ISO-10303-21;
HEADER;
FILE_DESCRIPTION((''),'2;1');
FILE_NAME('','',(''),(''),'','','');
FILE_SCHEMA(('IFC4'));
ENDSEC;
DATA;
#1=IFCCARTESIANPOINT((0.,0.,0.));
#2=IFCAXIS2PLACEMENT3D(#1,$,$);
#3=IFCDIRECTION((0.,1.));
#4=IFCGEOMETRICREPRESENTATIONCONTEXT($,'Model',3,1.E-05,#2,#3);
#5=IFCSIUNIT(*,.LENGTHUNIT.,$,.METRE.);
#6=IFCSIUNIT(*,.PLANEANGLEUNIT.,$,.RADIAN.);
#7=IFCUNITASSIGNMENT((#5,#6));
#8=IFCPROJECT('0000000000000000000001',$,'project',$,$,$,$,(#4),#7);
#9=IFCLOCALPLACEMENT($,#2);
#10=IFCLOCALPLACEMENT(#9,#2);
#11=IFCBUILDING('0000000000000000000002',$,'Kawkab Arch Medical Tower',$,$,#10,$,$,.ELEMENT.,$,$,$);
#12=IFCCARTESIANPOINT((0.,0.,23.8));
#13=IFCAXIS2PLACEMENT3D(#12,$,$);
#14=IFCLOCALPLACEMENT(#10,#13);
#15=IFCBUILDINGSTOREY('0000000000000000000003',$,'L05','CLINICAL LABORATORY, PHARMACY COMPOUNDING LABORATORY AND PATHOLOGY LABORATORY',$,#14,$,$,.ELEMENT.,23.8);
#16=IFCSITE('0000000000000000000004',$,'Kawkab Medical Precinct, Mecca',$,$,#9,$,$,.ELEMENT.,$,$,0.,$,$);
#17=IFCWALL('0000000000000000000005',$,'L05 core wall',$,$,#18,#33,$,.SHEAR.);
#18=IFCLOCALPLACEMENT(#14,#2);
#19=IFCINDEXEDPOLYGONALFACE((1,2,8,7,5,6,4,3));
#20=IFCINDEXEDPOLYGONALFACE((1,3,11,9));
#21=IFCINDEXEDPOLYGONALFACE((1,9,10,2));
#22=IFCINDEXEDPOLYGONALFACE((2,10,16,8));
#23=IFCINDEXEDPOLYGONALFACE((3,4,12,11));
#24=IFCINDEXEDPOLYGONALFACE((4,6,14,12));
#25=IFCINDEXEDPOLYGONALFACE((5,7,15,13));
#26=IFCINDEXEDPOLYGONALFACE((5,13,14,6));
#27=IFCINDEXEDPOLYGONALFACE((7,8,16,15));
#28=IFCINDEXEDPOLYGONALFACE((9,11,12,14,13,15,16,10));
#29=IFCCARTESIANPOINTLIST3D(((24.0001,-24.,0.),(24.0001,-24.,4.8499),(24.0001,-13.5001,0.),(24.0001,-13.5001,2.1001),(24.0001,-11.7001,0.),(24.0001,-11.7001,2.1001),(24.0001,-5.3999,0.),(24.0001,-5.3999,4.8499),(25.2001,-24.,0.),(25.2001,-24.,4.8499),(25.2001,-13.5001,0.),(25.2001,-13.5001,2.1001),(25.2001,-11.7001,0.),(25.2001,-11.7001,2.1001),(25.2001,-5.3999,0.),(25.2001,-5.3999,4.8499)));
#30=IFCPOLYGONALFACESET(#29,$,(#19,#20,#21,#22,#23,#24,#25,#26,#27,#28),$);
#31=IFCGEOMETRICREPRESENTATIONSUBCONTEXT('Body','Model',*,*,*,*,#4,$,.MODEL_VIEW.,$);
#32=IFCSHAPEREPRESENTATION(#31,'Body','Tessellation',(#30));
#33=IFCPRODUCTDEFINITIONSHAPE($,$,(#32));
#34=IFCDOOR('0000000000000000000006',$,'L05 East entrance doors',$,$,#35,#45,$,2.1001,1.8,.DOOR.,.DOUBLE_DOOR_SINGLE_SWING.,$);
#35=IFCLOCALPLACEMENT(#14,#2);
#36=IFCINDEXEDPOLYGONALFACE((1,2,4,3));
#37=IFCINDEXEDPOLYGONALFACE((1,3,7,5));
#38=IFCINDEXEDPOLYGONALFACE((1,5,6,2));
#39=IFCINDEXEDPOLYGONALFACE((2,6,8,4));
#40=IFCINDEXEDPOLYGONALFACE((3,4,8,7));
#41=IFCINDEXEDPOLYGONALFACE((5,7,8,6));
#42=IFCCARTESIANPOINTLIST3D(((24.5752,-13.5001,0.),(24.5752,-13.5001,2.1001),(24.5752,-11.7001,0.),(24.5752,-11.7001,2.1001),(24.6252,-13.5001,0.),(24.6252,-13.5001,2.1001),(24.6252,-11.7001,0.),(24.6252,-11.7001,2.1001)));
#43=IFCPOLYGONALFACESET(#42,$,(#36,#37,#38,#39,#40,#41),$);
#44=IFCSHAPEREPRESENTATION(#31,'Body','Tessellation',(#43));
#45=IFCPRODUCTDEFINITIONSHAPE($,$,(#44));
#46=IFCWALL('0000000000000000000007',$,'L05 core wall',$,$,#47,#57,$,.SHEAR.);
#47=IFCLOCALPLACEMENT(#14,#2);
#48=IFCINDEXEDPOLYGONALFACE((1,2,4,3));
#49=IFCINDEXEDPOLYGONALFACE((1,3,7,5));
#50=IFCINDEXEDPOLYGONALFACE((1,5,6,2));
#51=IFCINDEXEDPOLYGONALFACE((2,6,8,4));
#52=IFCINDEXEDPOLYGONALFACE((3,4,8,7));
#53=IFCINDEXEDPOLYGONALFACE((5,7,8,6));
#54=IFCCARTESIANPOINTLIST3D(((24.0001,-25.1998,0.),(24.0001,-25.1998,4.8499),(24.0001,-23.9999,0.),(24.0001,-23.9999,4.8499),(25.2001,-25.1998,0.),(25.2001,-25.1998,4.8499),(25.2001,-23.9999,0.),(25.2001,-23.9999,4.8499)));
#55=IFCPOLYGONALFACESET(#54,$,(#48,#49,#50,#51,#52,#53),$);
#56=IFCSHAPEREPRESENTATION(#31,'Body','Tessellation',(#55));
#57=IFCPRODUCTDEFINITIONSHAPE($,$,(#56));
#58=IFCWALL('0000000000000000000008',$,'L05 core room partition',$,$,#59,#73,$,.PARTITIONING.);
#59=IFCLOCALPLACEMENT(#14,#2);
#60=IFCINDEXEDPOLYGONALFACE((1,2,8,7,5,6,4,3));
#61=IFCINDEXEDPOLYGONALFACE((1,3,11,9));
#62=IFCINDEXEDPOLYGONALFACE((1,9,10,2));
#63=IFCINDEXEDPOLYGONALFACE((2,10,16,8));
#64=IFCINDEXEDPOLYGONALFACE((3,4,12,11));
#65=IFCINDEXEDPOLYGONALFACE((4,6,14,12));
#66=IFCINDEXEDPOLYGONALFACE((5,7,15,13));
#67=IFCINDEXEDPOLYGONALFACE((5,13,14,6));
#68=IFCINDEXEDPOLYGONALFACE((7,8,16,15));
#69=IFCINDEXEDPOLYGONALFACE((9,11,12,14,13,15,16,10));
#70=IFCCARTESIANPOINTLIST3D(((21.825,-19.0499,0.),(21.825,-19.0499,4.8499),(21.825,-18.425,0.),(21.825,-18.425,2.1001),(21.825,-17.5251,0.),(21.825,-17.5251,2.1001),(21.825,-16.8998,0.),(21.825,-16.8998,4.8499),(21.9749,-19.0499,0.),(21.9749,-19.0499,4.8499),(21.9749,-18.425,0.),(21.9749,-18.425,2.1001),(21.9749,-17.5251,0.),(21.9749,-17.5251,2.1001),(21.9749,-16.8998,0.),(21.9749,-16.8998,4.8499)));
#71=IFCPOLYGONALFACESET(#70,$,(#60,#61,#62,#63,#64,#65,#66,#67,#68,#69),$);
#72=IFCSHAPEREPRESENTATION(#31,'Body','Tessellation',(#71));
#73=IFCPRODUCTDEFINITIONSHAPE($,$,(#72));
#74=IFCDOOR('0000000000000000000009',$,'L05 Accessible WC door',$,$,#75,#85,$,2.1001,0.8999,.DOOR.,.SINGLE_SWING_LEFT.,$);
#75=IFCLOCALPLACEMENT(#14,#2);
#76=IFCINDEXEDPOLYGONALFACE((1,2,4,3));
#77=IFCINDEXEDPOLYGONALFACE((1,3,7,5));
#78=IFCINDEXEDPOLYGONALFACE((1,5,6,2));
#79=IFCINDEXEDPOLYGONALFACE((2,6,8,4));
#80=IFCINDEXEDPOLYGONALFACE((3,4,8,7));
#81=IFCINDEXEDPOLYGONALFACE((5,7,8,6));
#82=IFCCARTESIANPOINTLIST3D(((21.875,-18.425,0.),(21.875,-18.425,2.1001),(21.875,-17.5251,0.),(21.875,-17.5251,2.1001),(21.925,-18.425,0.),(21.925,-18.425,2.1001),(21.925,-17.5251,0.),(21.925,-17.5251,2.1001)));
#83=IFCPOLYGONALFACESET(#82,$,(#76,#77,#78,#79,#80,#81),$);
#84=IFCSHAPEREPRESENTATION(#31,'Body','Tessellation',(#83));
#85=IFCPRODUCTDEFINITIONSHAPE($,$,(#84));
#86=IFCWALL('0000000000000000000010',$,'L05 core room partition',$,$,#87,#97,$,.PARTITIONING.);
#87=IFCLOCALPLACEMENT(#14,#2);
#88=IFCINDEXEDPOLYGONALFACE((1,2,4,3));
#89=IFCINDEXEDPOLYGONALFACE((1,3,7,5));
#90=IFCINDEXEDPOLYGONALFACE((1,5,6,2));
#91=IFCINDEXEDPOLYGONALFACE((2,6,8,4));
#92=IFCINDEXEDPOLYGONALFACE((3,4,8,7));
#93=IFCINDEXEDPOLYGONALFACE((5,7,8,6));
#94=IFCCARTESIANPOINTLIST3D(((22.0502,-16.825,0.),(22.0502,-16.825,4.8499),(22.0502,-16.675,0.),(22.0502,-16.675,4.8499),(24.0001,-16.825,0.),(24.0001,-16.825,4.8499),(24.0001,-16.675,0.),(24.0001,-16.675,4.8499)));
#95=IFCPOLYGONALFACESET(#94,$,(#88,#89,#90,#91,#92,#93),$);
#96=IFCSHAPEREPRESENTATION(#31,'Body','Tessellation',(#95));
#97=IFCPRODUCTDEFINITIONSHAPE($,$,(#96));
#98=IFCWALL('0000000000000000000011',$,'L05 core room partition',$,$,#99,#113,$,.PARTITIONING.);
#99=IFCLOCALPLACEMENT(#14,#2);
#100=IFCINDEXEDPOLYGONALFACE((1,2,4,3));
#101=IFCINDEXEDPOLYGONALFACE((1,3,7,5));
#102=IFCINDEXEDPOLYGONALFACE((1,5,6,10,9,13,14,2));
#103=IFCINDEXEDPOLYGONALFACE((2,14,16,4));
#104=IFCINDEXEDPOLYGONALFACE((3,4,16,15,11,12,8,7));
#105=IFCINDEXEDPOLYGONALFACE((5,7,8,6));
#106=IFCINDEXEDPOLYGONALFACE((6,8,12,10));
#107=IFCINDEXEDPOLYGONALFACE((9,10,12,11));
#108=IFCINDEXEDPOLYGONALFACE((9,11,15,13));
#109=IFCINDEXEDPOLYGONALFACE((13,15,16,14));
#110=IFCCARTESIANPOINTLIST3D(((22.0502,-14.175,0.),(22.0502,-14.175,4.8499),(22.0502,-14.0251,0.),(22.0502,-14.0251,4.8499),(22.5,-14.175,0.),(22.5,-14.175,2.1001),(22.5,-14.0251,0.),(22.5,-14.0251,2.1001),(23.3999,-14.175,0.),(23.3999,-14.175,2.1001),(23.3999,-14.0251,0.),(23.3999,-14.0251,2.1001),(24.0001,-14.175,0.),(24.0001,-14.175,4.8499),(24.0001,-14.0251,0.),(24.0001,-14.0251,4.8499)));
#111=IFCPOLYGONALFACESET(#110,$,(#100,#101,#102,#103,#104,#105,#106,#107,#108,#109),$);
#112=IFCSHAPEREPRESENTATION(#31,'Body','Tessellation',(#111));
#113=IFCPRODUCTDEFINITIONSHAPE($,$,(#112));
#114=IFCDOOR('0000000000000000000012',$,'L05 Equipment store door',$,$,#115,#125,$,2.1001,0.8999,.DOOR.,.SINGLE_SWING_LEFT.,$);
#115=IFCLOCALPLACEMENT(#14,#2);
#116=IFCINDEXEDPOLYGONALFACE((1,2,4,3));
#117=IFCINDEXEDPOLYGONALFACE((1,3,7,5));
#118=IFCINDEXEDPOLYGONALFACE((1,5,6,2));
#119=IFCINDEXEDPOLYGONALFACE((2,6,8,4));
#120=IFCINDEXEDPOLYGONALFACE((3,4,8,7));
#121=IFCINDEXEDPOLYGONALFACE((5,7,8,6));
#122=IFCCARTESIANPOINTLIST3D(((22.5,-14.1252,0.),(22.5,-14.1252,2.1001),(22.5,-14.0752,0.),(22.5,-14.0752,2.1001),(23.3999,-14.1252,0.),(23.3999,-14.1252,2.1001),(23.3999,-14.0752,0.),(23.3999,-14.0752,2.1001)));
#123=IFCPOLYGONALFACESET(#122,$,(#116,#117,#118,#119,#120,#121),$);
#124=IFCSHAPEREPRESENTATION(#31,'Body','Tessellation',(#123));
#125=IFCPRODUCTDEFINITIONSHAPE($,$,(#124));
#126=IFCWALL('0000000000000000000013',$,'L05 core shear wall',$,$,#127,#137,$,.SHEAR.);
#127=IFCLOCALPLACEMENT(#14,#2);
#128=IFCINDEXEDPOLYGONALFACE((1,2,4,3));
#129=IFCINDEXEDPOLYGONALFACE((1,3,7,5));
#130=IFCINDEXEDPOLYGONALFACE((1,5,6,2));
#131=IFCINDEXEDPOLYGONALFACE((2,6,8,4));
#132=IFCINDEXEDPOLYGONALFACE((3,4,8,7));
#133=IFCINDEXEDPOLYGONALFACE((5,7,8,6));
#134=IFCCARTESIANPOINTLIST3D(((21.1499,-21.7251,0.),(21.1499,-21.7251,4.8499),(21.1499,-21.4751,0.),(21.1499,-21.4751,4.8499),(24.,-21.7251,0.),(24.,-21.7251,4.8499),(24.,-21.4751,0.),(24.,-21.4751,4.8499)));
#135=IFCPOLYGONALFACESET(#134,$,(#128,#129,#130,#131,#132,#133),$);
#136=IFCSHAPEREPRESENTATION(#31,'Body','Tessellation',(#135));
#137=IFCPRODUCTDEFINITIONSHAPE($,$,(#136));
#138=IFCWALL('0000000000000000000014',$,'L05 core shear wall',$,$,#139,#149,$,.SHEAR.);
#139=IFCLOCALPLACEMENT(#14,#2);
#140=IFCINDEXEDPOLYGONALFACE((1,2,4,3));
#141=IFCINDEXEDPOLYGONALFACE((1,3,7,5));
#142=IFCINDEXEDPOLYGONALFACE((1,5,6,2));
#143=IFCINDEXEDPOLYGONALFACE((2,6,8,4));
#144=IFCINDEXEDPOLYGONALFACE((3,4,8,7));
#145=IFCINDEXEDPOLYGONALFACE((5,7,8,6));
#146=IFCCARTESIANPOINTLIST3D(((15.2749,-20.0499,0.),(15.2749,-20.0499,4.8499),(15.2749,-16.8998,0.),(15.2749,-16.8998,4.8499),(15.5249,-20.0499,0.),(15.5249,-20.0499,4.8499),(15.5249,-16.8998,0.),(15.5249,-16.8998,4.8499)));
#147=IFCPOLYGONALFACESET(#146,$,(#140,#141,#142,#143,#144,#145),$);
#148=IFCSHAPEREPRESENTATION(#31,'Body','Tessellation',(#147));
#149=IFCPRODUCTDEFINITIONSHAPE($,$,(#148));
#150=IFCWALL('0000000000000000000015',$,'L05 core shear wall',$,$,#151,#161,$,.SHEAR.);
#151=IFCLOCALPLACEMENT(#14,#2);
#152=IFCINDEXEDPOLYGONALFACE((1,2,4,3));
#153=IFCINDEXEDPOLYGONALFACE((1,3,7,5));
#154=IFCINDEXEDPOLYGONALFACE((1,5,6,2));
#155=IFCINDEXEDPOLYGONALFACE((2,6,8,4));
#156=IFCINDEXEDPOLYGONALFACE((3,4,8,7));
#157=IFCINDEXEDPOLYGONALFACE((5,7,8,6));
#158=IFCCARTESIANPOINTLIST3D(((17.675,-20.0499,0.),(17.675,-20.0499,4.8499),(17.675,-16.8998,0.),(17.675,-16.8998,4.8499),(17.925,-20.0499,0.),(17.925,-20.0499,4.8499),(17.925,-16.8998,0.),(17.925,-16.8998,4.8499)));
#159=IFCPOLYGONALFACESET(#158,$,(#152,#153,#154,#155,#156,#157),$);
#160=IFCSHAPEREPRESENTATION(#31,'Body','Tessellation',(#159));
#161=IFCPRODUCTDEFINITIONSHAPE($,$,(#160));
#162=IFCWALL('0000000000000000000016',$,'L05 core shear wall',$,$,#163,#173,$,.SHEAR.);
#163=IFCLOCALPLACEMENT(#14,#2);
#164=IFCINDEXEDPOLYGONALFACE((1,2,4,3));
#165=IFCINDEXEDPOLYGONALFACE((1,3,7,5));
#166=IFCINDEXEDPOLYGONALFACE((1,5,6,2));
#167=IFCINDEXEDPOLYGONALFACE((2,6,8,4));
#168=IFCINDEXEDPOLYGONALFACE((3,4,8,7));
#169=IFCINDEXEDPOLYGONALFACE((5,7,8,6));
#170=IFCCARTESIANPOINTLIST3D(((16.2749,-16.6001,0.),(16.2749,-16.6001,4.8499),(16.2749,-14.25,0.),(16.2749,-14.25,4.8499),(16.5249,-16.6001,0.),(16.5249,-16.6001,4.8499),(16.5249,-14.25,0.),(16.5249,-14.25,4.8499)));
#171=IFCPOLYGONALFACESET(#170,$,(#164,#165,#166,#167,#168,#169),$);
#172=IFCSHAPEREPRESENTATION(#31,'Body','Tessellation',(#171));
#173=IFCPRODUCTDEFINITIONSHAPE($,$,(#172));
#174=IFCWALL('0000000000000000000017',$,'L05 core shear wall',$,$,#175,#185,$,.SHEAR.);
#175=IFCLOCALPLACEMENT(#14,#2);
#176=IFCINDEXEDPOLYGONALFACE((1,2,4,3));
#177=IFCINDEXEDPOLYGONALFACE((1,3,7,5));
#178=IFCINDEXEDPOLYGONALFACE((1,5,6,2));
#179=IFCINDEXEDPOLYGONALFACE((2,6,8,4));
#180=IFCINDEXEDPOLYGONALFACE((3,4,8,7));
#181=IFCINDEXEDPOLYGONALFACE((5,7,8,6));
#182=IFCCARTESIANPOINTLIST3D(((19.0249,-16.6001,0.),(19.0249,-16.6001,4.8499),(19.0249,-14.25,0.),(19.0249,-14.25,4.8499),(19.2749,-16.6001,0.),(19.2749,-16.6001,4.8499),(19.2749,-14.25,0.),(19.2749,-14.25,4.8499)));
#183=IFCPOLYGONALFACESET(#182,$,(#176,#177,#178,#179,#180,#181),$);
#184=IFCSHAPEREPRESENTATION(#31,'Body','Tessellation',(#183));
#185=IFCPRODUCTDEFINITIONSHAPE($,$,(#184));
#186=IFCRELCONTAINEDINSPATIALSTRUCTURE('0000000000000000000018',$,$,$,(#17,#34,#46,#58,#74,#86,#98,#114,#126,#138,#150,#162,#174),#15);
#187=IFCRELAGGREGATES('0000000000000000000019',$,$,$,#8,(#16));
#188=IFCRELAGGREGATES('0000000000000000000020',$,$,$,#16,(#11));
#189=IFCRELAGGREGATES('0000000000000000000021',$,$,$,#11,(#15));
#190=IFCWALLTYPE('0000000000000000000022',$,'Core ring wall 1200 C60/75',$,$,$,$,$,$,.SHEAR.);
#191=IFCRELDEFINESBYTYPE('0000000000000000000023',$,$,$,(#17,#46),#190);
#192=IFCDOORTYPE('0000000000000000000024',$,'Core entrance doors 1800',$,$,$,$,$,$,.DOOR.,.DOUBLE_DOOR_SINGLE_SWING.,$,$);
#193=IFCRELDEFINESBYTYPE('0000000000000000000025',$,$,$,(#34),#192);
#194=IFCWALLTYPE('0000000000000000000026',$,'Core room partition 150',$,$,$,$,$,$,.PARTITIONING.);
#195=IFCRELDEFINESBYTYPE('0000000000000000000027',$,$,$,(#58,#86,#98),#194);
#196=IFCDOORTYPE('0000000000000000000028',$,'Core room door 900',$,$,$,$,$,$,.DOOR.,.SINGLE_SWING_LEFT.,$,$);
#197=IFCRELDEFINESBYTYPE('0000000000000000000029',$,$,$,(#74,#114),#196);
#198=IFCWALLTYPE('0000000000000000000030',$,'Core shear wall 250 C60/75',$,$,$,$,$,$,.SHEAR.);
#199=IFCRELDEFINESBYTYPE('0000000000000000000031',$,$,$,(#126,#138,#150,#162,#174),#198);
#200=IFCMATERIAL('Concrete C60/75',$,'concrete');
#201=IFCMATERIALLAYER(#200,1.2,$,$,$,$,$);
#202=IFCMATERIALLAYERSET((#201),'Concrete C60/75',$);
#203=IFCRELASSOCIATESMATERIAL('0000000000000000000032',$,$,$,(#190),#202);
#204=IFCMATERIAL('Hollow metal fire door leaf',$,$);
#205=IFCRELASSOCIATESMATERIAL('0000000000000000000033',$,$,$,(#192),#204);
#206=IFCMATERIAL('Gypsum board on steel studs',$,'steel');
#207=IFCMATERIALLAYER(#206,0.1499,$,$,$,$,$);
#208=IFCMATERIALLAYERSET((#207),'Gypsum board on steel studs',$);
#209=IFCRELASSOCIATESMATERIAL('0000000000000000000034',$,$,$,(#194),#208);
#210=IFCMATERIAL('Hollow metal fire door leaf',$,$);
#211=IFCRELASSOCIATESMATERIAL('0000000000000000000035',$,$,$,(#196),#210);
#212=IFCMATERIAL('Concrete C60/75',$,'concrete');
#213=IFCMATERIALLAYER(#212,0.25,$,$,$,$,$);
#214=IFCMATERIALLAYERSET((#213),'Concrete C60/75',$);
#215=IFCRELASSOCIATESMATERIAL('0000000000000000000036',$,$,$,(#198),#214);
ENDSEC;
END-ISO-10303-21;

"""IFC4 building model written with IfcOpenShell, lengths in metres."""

from ifc_helpers import new_model, si_unit, direction, frame, frame_2d, origin, place, context, subcontext, project, spatial, rectangle, extrude, material, layer, layer_set, type_object, element, fill, save


model = new_model("IFC4")

# Units and contexts
model_context = context("Model", 3, precision=1e-05, world=origin(), true_north=direction((0.0, 1.0)))
body_context = subcontext(model_context, "Body", "Model", "MODEL_VIEW")
ifc_project = project(units=[si_unit("LENGTHUNIT", "METRE"), si_unit("PLANEANGLEUNIT", "RADIAN")], contexts=[model_context])

# Site, building, storey
site_placement = place(None, origin())
site = spatial("IfcSite", under=ifc_project, at=site_placement, Name="Kawkab Medical Precinct, Mecca", CompositionType="ELEMENT", RefElevation=0.0)
building_placement = place(site_placement, origin())
building = spatial("IfcBuilding", under=site, at=building_placement, Name="Kawkab Arch Medical Tower", CompositionType="ELEMENT")
storey_placement = place(building_placement, frame((0.0, 0.0, 23.8)))
storey = spatial("IfcBuildingStorey", under=building, at=storey_placement, Name="L05", Description="CLINICAL LABORATORY, PHARMACY COMPOUNDING LABORATORY AND PATHOLOGY LABORATORY", CompositionType="ELEMENT", Elevation=23.8)

# Wall, opening, door
ifc_material_1 = material(Name="Concrete C60/75", Category="concrete")
ifc_layer_1 = layer(ifc_material_1, 1.2)
ifc_layer_set_1 = layer_set([ifc_layer_1], Name="Concrete C60/75")
wall_type_1 = type_object("IfcWallType", Name="Core ring wall 1200 C60/75", PredefinedType="SHEAR", material=ifc_layer_set_1)
wall_1_placement = place(storey_placement, frame((24.6001, -24.0, 0.0), z_axis=(0.0, 0.0, 1.0), x_axis=(0.0, 1.0, 0.0)))
wall_1 = element("IfcWall", 1, at=wall_1_placement, inside=storey, type_object=wall_type_1, Name="L05 core wall", PredefinedType="SHEAR", context=body_context, shape_type="SweptSolid", body=[
    extrude(rectangle(XDim=18.6001, YDim=1.2, at=frame_2d((9.3, 0.0))), origin(), (0.0, 0.0, 1.0), 4.8499),
])
opening_1_placement = place(wall_1_placement, frame((10.5, 0.0, 0.0)))
opening_1 = element("IfcOpeningElement", 2, at=opening_1_placement, cuts=wall_1, PredefinedType="OPENING", context=body_context, shape_type="SweptSolid", body=[
    extrude(rectangle(XDim=1.8, YDim=2.1001, at=frame_2d((0.8999, 1.05))), frame((0.0, 0.6099, 0.0), z_axis=(0.0, -1.0, 0.0), x_axis=(1.0, 0.0, 0.0)), (0.0, 0.0, 1.0), 1.22),
])
ifc_material_2 = material(Name="Hollow metal fire door leaf")
door_type_1 = type_object("IfcDoorType", Name="Core entrance doors 1800", OperationType="DOUBLE_DOOR_SINGLE_SWING", PredefinedType="DOOR", material=ifc_material_2)
door_1_placement = place(opening_1_placement, origin())
door_1 = element("IfcDoor", 3, at=door_1_placement, inside=storey, type_object=door_type_1, Name="L05 East entrance doors", OperationType="DOUBLE_DOOR_SINGLE_SWING", OverallHeight=2.1001, OverallWidth=1.8, PredefinedType="DOOR", context=body_context, shape_type="SweptSolid", body=[
    extrude(rectangle(XDim=1.8, YDim=2.1001, at=frame_2d((0.8999, 1.05))), frame((0.0, 0.0249, 0.0), z_axis=(0.0, -1.0, 0.0), x_axis=(1.0, 0.0, 0.0)), (0.0, 0.0, 1.0), 0.05),
])
fill(opening_1, door_1)

# Wall
wall_2_placement = place(storey_placement, frame((24.6001, -25.2, 0.0), z_axis=(0.0, 0.0, 1.0), x_axis=(0.0, 1.0, 0.0)))
element("IfcWall", 4, at=wall_2_placement, inside=storey, type_object=wall_type_1, Name="L05 core wall", PredefinedType="SHEAR", context=body_context, shape_type="SweptSolid", body=[
    extrude(rectangle(XDim=1.2, YDim=1.2, at=frame_2d((0.6001, 0.0))), origin(), (0.0, 0.0, 1.0), 4.8499),
])

# Wall, opening, door
ifc_material_3 = material(Name="Gypsum board on steel studs", Category="steel")
ifc_layer_2 = layer(ifc_material_3, 0.1499)
ifc_layer_set_2 = layer_set([ifc_layer_2], Name="Gypsum board on steel studs")
wall_type_2 = type_object("IfcWallType", Name="Core room partition 150", PredefinedType="PARTITIONING", material=ifc_layer_set_2)
wall_3_placement = place(storey_placement, frame((21.8999, -19.05, 0.0), z_axis=(0.0, 0.0, 1.0), x_axis=(0.0, 1.0, 0.0)))
wall_3 = element("IfcWall", 5, at=wall_3_placement, inside=storey, type_object=wall_type_2, Name="L05 core room partition", PredefinedType="PARTITIONING", context=body_context, shape_type="SweptSolid", body=[
    extrude(rectangle(XDim=2.1501, YDim=0.1499, at=frame_2d((1.0752, 0.0))), origin(), (0.0, 0.0, 1.0), 4.8499),
])
opening_2_placement = place(wall_3_placement, frame((0.625, 0.0, 0.0)))
opening_2 = element("IfcOpeningElement", 6, at=opening_2_placement, cuts=wall_3, PredefinedType="OPENING", context=body_context, shape_type="SweptSolid", body=[
    extrude(rectangle(XDim=0.8999, YDim=2.1001, at=frame_2d((0.45, 1.05))), frame((0.0, 0.085, 0.0), z_axis=(0.0, -1.0, 0.0), x_axis=(1.0, 0.0, 0.0)), (0.0, 0.0, 1.0), 0.1699),
])
ifc_material_4 = material(Name="Hollow metal fire door leaf")
door_type_2 = type_object("IfcDoorType", Name="Core room door 900", OperationType="SINGLE_SWING_LEFT", PredefinedType="DOOR", material=ifc_material_4)
door_2_placement = place(opening_2_placement, origin())
door_2 = element("IfcDoor", 7, at=door_2_placement, inside=storey, type_object=door_type_2, Name="L05 Accessible WC door", OperationType="SINGLE_SWING_LEFT", OverallHeight=2.1001, OverallWidth=0.8999, PredefinedType="DOOR", context=body_context, shape_type="SweptSolid", body=[
    extrude(rectangle(XDim=0.8999, YDim=2.1001, at=frame_2d((0.45, 1.05))), frame((0.0, 0.0249, 0.0), z_axis=(0.0, -1.0, 0.0), x_axis=(1.0, 0.0, 0.0)), (0.0, 0.0, 1.0), 0.05),
])
fill(opening_2, door_2)

# Wall
wall_4_placement = place(storey_placement, frame((22.05, -16.75, 0.0), z_axis=(0.0, 0.0, 1.0), x_axis=(1.0, 0.0, 0.0)))
element("IfcWall", 8, at=wall_4_placement, inside=storey, type_object=wall_type_2, Name="L05 core room partition", PredefinedType="PARTITIONING", context=body_context, shape_type="SweptSolid", body=[
    extrude(rectangle(XDim=1.95, YDim=0.1499, at=frame_2d((0.9751, 0.0))), origin(), (0.0, 0.0, 1.0), 4.8499),
])

# Wall, opening, door
wall_5_placement = place(storey_placement, frame((22.05, -14.1001, 0.0), z_axis=(0.0, 0.0, 1.0), x_axis=(1.0, 0.0, 0.0)))
wall_5 = element("IfcWall", 9, at=wall_5_placement, inside=storey, type_object=wall_type_2, Name="L05 core room partition", PredefinedType="PARTITIONING", context=body_context, shape_type="SweptSolid", body=[
    extrude(rectangle(XDim=1.95, YDim=0.1499, at=frame_2d((0.9751, 0.0))), origin(), (0.0, 0.0, 1.0), 4.8499),
])
opening_3_placement = place(wall_5_placement, frame((0.45, 0.0, 0.0)))
opening_3 = element("IfcOpeningElement", 10, at=opening_3_placement, cuts=wall_5, PredefinedType="OPENING", context=body_context, shape_type="SweptSolid", body=[
    extrude(rectangle(XDim=0.8999, YDim=2.1001, at=frame_2d((0.45, 1.05))), frame((0.0, 0.085, 0.0), z_axis=(0.0, -1.0, 0.0), x_axis=(1.0, 0.0, 0.0)), (0.0, 0.0, 1.0), 0.1699),
])
door_3_placement = place(opening_3_placement, origin())
door_3 = element("IfcDoor", 11, at=door_3_placement, inside=storey, type_object=door_type_2, Name="L05 Equipment store door", OperationType="SINGLE_SWING_LEFT", OverallHeight=2.1001, OverallWidth=0.8999, PredefinedType="DOOR", context=body_context, shape_type="SweptSolid", body=[
    extrude(rectangle(XDim=0.8999, YDim=2.1001, at=frame_2d((0.45, 1.05))), frame((0.0, 0.0249, 0.0), z_axis=(0.0, -1.0, 0.0), x_axis=(1.0, 0.0, 0.0)), (0.0, 0.0, 1.0), 0.05),
])
fill(opening_3, door_3)

# Walls
ifc_material_5 = material(Name="Concrete C60/75", Category="concrete")
ifc_layer_3 = layer(ifc_material_5, 0.25)
ifc_layer_set_3 = layer_set([ifc_layer_3], Name="Concrete C60/75")
wall_type_3 = type_object("IfcWallType", Name="Core shear wall 250 C60/75", PredefinedType="SHEAR", material=ifc_layer_set_3)
wall_6_placement = place(storey_placement, frame((21.1499, -21.6001, 0.0), z_axis=(0.0, 0.0, 1.0), x_axis=(1.0, 0.0, 0.0)))
element("IfcWall", 12, at=wall_6_placement, inside=storey, type_object=wall_type_3, Name="L05 core shear wall", PredefinedType="SHEAR", context=body_context, shape_type="SweptSolid", body=[
    extrude(rectangle(XDim=2.8501, YDim=0.25, at=frame_2d((1.425, 0.0))), origin(), (0.0, 0.0, 1.0), 4.8499),
])
for number, where, z_axis, x_axis, name in (
    (13, (15.3999, -20.05, 0.0), (0.0, 0.0, 1.0), (0.0, 1.0, 0.0), "L05 core shear wall"),
    (14, (17.8, -20.05, 0.0), (0.0, 0.0, 1.0), (0.0, 1.0, 0.0), "L05 core shear wall"),
):
    element("IfcWall", number, at=place(storey_placement, frame(where, z_axis=z_axis, x_axis=x_axis)), inside=storey, type_object=wall_type_3, Name=name, PredefinedType="SHEAR", context=body_context, shape_type="SweptSolid", body=[
        extrude(rectangle(XDim=3.1501, YDim=0.25, at=frame_2d((1.5752, 0.0))), origin(), (0.0, 0.0, 1.0), 4.8499),
    ])
for number, where, z_axis, x_axis, name in (
    (15, (16.3999, -16.6001, 0.0), (0.0, 0.0, 1.0), (0.0, 1.0, 0.0), "L05 core shear wall"),
    (16, (19.1499, -16.6001, 0.0), (0.0, 0.0, 1.0), (0.0, 1.0, 0.0), "L05 core shear wall"),
):
    element("IfcWall", number, at=place(storey_placement, frame(where, z_axis=z_axis, x_axis=x_axis)), inside=storey, type_object=wall_type_3, Name=name, PredefinedType="SHEAR", context=body_context, shape_type="SweptSolid", body=[
        extrude(rectangle(XDim=2.3501, YDim=0.25, at=frame_2d((1.175, 0.0))), origin(), (0.0, 0.0, 1.0), 4.8499),
    ])

save(model, "model.ifc")
